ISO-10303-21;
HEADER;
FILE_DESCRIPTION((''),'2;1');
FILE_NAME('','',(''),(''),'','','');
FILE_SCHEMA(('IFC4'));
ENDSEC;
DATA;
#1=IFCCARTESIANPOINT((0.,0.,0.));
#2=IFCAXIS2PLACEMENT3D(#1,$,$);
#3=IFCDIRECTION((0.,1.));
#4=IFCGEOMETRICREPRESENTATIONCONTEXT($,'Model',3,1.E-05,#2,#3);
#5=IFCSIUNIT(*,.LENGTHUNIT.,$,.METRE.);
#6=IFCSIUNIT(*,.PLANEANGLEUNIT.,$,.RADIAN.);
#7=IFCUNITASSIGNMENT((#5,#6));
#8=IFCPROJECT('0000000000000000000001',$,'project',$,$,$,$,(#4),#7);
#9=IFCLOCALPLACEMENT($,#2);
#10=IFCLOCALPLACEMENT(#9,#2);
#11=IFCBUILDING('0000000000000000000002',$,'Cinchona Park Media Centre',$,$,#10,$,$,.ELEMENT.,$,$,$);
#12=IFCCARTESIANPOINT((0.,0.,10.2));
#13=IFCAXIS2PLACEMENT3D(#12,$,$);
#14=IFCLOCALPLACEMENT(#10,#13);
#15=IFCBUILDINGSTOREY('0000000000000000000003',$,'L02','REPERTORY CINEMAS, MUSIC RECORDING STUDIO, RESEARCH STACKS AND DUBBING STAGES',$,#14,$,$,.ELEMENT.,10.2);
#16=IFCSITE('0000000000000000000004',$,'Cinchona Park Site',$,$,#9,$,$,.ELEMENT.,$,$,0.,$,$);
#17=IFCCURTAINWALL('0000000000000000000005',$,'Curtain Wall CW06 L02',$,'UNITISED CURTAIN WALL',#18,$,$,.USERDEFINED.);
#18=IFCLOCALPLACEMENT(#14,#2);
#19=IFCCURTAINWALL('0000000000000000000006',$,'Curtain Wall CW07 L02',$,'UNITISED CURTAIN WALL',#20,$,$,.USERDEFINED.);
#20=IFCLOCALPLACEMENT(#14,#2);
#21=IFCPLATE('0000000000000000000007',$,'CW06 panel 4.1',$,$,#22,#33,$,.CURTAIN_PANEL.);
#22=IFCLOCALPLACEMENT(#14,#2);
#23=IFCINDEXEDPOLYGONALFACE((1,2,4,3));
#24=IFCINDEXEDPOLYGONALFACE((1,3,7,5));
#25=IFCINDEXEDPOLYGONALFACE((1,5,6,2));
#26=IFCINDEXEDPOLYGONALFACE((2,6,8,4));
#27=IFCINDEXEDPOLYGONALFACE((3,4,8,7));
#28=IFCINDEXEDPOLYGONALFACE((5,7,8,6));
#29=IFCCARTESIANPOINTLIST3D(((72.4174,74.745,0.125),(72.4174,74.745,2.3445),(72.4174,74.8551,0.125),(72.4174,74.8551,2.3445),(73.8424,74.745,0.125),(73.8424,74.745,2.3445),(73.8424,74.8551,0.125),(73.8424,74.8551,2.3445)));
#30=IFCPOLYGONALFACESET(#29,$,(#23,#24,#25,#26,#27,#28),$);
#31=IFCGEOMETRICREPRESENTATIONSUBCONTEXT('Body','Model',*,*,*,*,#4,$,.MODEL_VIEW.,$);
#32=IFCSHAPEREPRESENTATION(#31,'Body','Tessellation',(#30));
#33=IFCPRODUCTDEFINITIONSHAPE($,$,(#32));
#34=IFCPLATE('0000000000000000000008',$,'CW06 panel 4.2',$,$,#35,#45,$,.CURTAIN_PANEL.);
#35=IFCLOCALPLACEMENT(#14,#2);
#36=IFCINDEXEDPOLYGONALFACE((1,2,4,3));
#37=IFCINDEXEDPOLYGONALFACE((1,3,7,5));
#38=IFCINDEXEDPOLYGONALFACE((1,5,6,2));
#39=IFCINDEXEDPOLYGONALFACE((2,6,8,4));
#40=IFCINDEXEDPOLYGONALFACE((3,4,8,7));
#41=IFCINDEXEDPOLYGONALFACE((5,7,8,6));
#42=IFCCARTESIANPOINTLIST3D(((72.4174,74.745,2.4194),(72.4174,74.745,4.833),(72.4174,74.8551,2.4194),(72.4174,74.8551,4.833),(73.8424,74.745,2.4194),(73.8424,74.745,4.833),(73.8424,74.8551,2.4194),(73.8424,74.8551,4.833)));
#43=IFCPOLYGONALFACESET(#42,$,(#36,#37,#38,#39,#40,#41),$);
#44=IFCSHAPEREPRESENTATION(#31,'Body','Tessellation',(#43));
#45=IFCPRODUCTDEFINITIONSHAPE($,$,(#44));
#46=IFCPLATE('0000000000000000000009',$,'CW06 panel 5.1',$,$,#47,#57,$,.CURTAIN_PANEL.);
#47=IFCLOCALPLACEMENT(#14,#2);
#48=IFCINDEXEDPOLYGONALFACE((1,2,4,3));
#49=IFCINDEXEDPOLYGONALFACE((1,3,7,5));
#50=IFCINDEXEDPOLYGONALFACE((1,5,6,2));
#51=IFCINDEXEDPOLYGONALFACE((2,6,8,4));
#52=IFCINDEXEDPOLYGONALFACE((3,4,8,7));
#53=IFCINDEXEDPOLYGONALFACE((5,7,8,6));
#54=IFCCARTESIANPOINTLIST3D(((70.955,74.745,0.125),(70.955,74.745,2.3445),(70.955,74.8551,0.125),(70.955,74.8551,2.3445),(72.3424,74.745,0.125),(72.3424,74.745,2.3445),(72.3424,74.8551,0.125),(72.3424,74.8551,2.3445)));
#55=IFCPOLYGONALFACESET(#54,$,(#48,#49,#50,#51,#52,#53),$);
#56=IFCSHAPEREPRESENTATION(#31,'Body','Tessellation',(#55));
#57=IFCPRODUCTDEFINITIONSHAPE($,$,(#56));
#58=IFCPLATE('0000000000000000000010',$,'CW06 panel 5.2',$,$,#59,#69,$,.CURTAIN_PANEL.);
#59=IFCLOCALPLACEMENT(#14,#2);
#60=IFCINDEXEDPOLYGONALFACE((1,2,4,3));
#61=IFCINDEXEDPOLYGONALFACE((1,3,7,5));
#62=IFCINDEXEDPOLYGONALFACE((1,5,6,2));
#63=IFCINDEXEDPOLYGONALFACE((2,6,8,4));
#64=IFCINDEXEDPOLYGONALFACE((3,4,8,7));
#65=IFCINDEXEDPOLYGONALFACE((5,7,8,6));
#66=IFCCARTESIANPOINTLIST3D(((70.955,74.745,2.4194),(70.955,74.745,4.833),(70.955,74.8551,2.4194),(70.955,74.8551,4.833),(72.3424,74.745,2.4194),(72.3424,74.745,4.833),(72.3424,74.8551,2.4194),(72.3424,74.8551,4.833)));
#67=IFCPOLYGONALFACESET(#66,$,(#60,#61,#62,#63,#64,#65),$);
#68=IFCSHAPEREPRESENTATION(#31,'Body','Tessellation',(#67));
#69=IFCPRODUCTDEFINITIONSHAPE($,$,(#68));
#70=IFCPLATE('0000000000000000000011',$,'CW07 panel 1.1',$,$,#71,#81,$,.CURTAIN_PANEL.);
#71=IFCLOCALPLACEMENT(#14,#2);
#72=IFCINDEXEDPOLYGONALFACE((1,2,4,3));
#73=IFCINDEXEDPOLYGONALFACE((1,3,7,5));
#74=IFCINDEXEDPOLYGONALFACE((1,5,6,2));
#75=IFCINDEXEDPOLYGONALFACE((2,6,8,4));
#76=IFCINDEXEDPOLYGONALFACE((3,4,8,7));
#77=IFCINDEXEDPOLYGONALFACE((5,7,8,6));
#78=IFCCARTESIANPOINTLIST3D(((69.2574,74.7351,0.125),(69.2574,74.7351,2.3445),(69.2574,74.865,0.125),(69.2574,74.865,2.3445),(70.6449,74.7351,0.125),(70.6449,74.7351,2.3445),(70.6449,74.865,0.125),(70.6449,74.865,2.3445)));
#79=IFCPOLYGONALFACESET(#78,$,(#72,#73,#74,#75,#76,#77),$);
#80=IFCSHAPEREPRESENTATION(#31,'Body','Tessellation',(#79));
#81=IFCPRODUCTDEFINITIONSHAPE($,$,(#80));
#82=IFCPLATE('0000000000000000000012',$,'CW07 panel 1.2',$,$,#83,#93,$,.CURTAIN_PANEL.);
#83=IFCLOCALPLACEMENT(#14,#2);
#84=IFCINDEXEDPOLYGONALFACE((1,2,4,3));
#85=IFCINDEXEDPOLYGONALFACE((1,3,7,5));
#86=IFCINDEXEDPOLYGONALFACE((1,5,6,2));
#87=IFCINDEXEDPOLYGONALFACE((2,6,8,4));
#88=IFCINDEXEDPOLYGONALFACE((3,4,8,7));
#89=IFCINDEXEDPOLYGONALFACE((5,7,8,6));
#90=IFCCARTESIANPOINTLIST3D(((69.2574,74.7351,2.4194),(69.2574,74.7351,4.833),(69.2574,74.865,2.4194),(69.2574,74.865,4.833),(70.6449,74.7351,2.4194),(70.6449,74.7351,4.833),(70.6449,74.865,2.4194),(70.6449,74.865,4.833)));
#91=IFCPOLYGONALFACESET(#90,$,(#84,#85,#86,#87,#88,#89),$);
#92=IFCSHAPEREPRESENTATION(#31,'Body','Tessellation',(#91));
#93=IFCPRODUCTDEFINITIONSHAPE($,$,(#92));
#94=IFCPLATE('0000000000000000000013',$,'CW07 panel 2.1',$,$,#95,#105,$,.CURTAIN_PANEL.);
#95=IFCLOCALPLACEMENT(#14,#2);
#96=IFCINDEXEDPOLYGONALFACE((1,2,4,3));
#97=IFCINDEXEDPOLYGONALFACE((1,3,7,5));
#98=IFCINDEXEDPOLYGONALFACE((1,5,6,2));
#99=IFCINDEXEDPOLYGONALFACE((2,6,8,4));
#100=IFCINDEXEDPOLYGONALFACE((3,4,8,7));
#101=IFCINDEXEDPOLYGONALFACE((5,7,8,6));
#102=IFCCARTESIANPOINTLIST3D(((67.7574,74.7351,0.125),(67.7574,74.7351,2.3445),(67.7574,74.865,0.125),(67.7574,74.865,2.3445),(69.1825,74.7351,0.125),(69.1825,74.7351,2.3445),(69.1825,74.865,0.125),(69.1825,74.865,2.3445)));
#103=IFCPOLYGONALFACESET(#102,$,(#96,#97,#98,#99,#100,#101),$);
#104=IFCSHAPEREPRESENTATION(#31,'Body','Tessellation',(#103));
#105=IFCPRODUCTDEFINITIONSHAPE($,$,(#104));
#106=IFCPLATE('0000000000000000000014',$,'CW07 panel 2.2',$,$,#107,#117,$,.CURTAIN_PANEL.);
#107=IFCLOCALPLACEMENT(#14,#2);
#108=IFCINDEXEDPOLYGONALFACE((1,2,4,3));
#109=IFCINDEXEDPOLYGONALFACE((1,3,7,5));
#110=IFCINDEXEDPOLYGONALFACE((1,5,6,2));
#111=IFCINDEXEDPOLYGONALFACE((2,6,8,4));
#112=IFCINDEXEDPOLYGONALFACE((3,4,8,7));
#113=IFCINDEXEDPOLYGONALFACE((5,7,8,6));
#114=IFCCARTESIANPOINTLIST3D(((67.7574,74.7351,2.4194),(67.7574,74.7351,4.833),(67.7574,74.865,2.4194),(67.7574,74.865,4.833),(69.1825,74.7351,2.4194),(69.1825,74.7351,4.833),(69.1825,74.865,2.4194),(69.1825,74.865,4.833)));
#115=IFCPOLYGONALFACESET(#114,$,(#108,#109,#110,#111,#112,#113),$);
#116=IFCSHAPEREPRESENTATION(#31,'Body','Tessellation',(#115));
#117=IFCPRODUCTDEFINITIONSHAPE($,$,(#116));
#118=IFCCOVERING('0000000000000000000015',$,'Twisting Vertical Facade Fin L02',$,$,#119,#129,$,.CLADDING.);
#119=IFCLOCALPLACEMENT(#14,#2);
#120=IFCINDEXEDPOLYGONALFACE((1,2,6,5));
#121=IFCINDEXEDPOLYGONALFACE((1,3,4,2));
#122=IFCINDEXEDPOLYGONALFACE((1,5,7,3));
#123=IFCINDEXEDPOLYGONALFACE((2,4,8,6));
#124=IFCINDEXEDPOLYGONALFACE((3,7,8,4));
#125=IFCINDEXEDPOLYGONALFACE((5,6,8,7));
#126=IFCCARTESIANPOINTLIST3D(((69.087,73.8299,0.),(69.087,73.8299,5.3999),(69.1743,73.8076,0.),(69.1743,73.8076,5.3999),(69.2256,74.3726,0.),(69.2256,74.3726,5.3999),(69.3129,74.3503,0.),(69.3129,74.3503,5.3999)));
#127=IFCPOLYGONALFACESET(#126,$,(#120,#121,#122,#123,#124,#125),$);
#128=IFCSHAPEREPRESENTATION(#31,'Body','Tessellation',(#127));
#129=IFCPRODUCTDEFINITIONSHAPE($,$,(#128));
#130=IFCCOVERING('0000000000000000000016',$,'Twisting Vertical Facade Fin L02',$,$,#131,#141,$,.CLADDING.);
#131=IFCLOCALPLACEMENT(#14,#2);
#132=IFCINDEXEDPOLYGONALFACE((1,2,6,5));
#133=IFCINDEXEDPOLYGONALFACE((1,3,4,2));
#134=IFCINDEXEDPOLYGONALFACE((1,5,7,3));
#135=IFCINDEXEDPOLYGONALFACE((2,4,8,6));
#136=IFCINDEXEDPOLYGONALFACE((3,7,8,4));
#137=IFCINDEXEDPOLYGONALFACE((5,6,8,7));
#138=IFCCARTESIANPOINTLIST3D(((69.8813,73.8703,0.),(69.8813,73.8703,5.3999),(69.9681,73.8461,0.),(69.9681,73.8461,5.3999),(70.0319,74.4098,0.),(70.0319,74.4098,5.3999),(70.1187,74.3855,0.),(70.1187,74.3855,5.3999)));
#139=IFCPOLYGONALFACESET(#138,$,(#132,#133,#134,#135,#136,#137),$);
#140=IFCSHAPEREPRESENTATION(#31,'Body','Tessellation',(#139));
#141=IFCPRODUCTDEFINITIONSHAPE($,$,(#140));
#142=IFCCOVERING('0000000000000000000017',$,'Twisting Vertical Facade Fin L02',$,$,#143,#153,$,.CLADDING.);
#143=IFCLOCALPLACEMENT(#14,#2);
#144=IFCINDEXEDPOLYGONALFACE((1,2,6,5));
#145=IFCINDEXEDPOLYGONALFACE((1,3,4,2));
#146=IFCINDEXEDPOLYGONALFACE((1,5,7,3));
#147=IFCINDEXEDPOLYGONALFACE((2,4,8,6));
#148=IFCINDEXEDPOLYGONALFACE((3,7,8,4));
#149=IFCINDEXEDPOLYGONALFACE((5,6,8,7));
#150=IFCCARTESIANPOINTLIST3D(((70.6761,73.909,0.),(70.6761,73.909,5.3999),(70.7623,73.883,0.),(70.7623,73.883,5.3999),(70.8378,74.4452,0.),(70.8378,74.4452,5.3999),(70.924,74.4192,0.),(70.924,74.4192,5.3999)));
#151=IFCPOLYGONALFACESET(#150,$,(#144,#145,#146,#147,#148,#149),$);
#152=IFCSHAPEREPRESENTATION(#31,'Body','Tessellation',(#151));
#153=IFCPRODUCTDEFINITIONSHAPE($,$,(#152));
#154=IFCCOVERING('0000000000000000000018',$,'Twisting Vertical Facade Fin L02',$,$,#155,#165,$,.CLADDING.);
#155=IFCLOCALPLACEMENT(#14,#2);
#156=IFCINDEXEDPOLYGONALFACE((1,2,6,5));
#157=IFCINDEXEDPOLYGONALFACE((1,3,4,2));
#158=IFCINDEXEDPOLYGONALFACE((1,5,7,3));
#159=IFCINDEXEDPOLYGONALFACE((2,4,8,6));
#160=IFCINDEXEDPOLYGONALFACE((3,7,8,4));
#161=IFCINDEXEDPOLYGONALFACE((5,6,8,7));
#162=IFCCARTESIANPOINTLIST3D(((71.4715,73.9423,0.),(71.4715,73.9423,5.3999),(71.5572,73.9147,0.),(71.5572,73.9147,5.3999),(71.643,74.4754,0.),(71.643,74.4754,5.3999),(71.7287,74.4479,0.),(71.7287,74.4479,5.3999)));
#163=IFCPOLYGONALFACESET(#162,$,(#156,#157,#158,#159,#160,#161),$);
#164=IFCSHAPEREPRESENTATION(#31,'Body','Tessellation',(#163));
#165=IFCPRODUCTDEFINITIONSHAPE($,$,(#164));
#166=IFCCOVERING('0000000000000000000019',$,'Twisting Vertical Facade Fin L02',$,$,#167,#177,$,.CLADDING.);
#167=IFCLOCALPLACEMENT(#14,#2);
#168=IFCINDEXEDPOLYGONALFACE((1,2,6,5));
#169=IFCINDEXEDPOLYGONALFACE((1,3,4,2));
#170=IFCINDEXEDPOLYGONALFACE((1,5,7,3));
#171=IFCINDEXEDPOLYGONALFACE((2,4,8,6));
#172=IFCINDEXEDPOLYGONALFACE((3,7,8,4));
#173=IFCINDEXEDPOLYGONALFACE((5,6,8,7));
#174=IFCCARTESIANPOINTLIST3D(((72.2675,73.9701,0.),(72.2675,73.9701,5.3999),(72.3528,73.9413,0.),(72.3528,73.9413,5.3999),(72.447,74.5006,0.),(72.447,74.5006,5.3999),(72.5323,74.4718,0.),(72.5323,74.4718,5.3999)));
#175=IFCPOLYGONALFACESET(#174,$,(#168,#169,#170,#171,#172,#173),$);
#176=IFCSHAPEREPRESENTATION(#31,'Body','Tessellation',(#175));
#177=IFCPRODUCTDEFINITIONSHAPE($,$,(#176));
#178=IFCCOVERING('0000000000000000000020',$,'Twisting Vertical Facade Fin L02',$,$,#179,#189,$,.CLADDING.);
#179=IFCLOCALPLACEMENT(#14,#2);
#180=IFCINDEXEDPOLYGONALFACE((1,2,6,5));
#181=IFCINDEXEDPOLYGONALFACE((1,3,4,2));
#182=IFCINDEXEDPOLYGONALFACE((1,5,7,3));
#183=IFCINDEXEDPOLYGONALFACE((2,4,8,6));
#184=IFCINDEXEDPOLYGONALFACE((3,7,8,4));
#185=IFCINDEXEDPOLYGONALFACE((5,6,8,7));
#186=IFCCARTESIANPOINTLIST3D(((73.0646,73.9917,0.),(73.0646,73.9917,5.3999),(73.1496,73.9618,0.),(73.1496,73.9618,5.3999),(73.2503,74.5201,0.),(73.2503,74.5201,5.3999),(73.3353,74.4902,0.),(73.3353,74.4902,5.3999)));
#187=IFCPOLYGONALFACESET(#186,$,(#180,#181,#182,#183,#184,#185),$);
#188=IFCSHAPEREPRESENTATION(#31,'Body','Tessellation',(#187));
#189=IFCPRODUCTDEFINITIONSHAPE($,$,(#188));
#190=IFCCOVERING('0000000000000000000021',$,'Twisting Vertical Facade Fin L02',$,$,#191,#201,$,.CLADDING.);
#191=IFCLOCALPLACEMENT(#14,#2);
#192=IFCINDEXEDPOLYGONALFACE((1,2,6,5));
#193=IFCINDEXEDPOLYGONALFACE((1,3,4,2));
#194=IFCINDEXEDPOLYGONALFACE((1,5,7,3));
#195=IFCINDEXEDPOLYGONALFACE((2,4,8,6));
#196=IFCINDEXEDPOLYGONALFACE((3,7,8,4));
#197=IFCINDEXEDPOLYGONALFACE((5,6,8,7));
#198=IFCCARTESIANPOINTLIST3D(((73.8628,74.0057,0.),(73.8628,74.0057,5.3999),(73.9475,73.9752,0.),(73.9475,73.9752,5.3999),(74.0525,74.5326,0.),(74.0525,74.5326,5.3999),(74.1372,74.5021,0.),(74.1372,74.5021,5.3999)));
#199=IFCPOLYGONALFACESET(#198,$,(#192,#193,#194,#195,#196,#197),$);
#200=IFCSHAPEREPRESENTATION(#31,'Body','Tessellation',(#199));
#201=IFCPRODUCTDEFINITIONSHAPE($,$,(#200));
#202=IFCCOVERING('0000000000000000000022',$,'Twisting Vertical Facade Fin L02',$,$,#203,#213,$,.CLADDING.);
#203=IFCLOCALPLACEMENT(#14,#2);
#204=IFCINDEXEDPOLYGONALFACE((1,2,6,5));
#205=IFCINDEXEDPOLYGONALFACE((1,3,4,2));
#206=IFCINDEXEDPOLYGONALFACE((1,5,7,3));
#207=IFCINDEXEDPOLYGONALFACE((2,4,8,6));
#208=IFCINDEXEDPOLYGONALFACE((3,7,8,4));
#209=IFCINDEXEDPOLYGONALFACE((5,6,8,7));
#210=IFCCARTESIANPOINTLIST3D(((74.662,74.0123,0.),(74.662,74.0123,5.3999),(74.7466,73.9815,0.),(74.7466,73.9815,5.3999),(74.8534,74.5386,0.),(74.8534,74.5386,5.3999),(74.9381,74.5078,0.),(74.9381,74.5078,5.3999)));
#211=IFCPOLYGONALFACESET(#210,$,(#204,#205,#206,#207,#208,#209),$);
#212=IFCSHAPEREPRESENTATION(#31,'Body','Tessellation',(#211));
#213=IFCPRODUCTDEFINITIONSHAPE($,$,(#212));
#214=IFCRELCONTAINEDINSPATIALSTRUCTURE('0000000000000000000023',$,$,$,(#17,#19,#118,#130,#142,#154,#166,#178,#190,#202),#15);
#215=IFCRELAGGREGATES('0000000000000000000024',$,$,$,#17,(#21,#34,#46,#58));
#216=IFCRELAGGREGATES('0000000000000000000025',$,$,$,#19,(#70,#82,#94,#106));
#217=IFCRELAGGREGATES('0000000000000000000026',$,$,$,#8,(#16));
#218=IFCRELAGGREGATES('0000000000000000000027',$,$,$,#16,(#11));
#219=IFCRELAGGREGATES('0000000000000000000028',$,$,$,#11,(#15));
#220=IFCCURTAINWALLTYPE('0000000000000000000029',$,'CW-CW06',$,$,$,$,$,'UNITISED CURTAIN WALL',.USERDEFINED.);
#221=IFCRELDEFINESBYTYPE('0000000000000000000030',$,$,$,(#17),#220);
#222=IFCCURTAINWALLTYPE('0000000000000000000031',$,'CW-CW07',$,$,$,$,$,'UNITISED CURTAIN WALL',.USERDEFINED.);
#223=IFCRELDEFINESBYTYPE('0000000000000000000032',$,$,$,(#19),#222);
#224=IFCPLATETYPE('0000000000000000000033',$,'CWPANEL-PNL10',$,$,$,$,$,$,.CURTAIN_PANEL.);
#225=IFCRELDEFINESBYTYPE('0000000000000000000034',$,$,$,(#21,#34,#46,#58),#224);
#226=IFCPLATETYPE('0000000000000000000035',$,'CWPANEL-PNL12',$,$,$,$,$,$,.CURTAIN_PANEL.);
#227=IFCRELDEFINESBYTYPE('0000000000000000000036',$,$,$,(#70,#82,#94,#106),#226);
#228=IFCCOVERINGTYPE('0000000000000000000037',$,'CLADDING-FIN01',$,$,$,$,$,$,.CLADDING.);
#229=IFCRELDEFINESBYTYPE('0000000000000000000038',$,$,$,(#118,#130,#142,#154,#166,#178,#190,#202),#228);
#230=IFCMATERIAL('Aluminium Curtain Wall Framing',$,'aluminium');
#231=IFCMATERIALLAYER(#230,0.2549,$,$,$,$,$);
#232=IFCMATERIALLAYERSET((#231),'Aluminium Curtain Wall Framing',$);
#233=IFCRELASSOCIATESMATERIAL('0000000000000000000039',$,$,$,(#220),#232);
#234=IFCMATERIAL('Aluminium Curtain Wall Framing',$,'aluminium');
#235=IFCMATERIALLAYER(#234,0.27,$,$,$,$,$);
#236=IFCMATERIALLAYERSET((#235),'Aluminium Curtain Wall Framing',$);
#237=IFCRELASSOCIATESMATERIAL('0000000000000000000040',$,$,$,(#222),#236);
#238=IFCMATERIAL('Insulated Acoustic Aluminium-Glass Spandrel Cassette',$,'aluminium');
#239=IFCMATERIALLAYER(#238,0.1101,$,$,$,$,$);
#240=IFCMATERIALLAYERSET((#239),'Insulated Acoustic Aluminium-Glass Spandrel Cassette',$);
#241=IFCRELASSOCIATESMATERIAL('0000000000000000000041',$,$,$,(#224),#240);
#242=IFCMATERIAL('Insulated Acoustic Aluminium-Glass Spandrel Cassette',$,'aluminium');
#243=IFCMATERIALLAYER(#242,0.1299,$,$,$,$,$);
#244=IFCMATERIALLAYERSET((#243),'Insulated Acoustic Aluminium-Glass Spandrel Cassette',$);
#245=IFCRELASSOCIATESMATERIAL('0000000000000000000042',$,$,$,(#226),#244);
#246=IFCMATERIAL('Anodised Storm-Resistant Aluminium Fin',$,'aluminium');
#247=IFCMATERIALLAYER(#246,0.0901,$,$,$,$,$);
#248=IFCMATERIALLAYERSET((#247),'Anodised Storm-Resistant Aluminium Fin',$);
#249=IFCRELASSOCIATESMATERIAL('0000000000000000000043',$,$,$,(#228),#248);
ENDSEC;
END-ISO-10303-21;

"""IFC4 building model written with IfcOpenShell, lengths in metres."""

from ifc_helpers import new_model, si_unit, direction, frame, origin, origin_2d, place, context, subcontext, project, spatial, rectangle, extrude, material, layer, layer_set, type_object, element, aggregate, save


model = new_model("IFC4")

# Units and contexts
model_context = context("Model", 3, precision=1e-05, world=origin(), true_north=direction((0.0, 1.0)))
body_context = subcontext(model_context, "Body", "Model", "MODEL_VIEW")
ifc_project = project(units=[si_unit("LENGTHUNIT", "METRE"), si_unit("PLANEANGLEUNIT", "RADIAN")], contexts=[model_context])

# Site, building, storey
site_placement = place(None, origin())
site = spatial("IfcSite", under=ifc_project, at=site_placement, Name="Cinchona Park Site", CompositionType="ELEMENT", RefElevation=0.0)
building_placement = place(site_placement, origin())
building = spatial("IfcBuilding", under=site, at=building_placement, Name="Cinchona Park Media Centre", CompositionType="ELEMENT")
storey_placement = place(building_placement, frame((0.0, 0.0, 10.2)))
storey = spatial("IfcBuildingStorey", under=building, at=storey_placement, Name="L02", Description="REPERTORY CINEMAS, MUSIC RECORDING STUDIO, RESEARCH STACKS AND DUBBING STAGES", CompositionType="ELEMENT", Elevation=10.2)

# Curtain walls
ifc_material_1 = material(Name="Aluminium Curtain Wall Framing", Category="aluminium")
ifc_layer_1 = layer(ifc_material_1, 0.2549)
ifc_layer_set_1 = layer_set([ifc_layer_1], Name="Aluminium Curtain Wall Framing")
curtain_wall_type_1 = type_object("IfcCurtainWallType", Name="CW-CW06", ElementType="UNITISED CURTAIN WALL", PredefinedType="USERDEFINED", material=ifc_layer_set_1)
curtain_wall_1_placement = place(storey_placement, origin())
curtain_wall_1 = element("IfcCurtainWall", 1, at=curtain_wall_1_placement, inside=storey, type_object=curtain_wall_type_1, Name="Curtain Wall CW06 L02", ObjectType="UNITISED CURTAIN WALL", PredefinedType="USERDEFINED")
ifc_material_2 = material(Name="Aluminium Curtain Wall Framing", Category="aluminium")
ifc_layer_2 = layer(ifc_material_2, 0.27)
ifc_layer_set_2 = layer_set([ifc_layer_2], Name="Aluminium Curtain Wall Framing")
curtain_wall_type_2 = type_object("IfcCurtainWallType", Name="CW-CW07", ElementType="UNITISED CURTAIN WALL", PredefinedType="USERDEFINED", material=ifc_layer_set_2)
curtain_wall_2_placement = place(storey_placement, origin())
curtain_wall_2 = element("IfcCurtainWall", 2, at=curtain_wall_2_placement, inside=storey, type_object=curtain_wall_type_2, Name="Curtain Wall CW07 L02", ObjectType="UNITISED CURTAIN WALL", PredefinedType="USERDEFINED")

# Plates
ifc_material_3 = material(Name="Insulated Acoustic Aluminium-Glass Spandrel Cassette", Category="aluminium")
ifc_layer_3 = layer(ifc_material_3, 0.1101)
ifc_layer_set_3 = layer_set([ifc_layer_3], Name="Insulated Acoustic Aluminium-Glass Spandrel Cassette")
plate_type_1 = type_object("IfcPlateType", Name="CWPANEL-PNL10", PredefinedType="CURTAIN_PANEL", material=ifc_layer_set_3)
plate_1_placement = place(storey_placement, frame((73.1299, 74.8, 0.125), z_axis=(0.0, 0.0, 1.0), x_axis=(-1.0, 0.0, 0.0)))
plate_1 = element("IfcPlate", 3, at=plate_1_placement, type_object=plate_type_1, Name="CW06 panel 4.1", PredefinedType="CURTAIN_PANEL", context=body_context, shape_type="SweptSolid", body=[
    extrude(rectangle(XDim=1.425, YDim=0.1101, at=origin_2d()), origin(), (0.0, 0.0, 1.0), 2.2195),
])
plate_2_placement = place(storey_placement, frame((73.1299, 74.8, 2.4194), z_axis=(0.0, 0.0, 1.0), x_axis=(-1.0, 0.0, 0.0)))
plate_2 = element("IfcPlate", 4, at=plate_2_placement, type_object=plate_type_1, Name="CW06 panel 4.2", PredefinedType="CURTAIN_PANEL", context=body_context, shape_type="SweptSolid", body=[
    extrude(rectangle(XDim=1.425, YDim=0.1101, at=origin_2d()), origin(), (0.0, 0.0, 1.0), 2.4136),
])
plate_3_placement = place(storey_placement, frame((71.6487, 74.8, 0.125), z_axis=(0.0, 0.0, 1.0), x_axis=(-1.0, 0.0, 0.0)))
plate_3 = element("IfcPlate", 5, at=plate_3_placement, type_object=plate_type_1, Name="CW06 panel 5.1", PredefinedType="CURTAIN_PANEL", context=body_context, shape_type="SweptSolid", body=[
    extrude(rectangle(XDim=1.3875, YDim=0.1101, at=origin_2d()), origin(), (0.0, 0.0, 1.0), 2.2195),
])
plate_4_placement = place(storey_placement, frame((71.6487, 74.8, 2.4194), z_axis=(0.0, 0.0, 1.0), x_axis=(-1.0, 0.0, 0.0)))
plate_4 = element("IfcPlate", 6, at=plate_4_placement, type_object=plate_type_1, Name="CW06 panel 5.2", PredefinedType="CURTAIN_PANEL", context=body_context, shape_type="SweptSolid", body=[
    extrude(rectangle(XDim=1.3875, YDim=0.1101, at=origin_2d()), origin(), (0.0, 0.0, 1.0), 2.4136),
])
aggregate(curtain_wall_1, [plate_1, plate_2, plate_3, plate_4])
ifc_material_4 = material(Name="Insulated Acoustic Aluminium-Glass Spandrel Cassette", Category="aluminium")
ifc_layer_4 = layer(ifc_material_4, 0.1299)
ifc_layer_set_4 = layer_set([ifc_layer_4], Name="Insulated Acoustic Aluminium-Glass Spandrel Cassette")
plate_type_2 = type_object("IfcPlateType", Name="CWPANEL-PNL12", PredefinedType="CURTAIN_PANEL", material=ifc_layer_set_4)
plate_5_placement = place(storey_placement, frame((69.9512, 74.8, 0.125), z_axis=(0.0, 0.0, 1.0), x_axis=(-1.0, 0.0, 0.0)))
plate_5 = element("IfcPlate", 7, at=plate_5_placement, type_object=plate_type_2, Name="CW07 panel 1.1", PredefinedType="CURTAIN_PANEL", context=body_context, shape_type="SweptSolid", body=[
    extrude(rectangle(XDim=1.3875, YDim=0.1299, at=origin_2d()), origin(), (0.0, 0.0, 1.0), 2.2195),
])
plate_6_placement = place(storey_placement, frame((69.9512, 74.8, 2.4194), z_axis=(0.0, 0.0, 1.0), x_axis=(-1.0, 0.0, 0.0)))
plate_6 = element("IfcPlate", 8, at=plate_6_placement, type_object=plate_type_2, Name="CW07 panel 1.2", PredefinedType="CURTAIN_PANEL", context=body_context, shape_type="SweptSolid", body=[
    extrude(rectangle(XDim=1.3875, YDim=0.1299, at=origin_2d()), origin(), (0.0, 0.0, 1.0), 2.4136),
])
plate_7_placement = place(storey_placement, frame((68.47, 74.8, 0.125), z_axis=(0.0, 0.0, 1.0), x_axis=(-1.0, 0.0, 0.0)))
plate_7 = element("IfcPlate", 9, at=plate_7_placement, type_object=plate_type_2, Name="CW07 panel 2.1", PredefinedType="CURTAIN_PANEL", context=body_context, shape_type="SweptSolid", body=[
    extrude(rectangle(XDim=1.425, YDim=0.1299, at=origin_2d()), origin(), (0.0, 0.0, 1.0), 2.2195),
])
plate_8_placement = place(storey_placement, frame((68.47, 74.8, 2.4194), z_axis=(0.0, 0.0, 1.0), x_axis=(-1.0, 0.0, 0.0)))
plate_8 = element("IfcPlate", 10, at=plate_8_placement, type_object=plate_type_2, Name="CW07 panel 2.2", PredefinedType="CURTAIN_PANEL", context=body_context, shape_type="SweptSolid", body=[
    extrude(rectangle(XDim=1.425, YDim=0.1299, at=origin_2d()), origin(), (0.0, 0.0, 1.0), 2.4136),
])
aggregate(curtain_wall_2, [plate_5, plate_6, plate_7, plate_8])

# Coverings
ifc_material_5 = material(Name="Anodised Storm-Resistant Aluminium Fin", Category="aluminium")
ifc_layer_5 = layer(ifc_material_5, 0.0901)
ifc_layer_set_5 = layer_set([ifc_layer_5], Name="Anodised Storm-Resistant Aluminium Fin")
covering_type = type_object("IfcCoveringType", Name="CLADDING-FIN01", PredefinedType="CLADDING", material=ifc_layer_set_5)
for number, where, z_axis, x_axis, name in (
    (11, (69.2, 74.0901, 0.0), (0.0, 0.0, 1.0), (0.247337, 0.968929, 0.0), "Twisting Vertical Facade Fin L02"),
    (12, (70.0, 74.1279, 0.0), (0.0, 0.0, 1.0), (0.26892, 0.963163, 0.0), "Twisting Vertical Facade Fin L02"),
    (13, (70.8, 74.1641, 0.0), (0.0, 0.0, 1.0), (0.288698, 0.95742, 0.0), "Twisting Vertical Facade Fin L02"),
    (14, (71.6001, 74.1951, 0.0), (0.0, 0.0, 1.0), (0.306194, 0.951969, 0.0), "Twisting Vertical Facade Fin L02"),
    (15, (72.3999, 74.2209, 0.0), (0.0, 0.0, 1.0), (0.320613, 0.94721, 0.0), "Twisting Vertical Facade Fin L02"),
    (16, (73.2, 74.241, 0.0), (0.0, 0.0, 1.0), (0.331667, 0.943396, 0.0), "Twisting Vertical Facade Fin L02"),
    (17, (74.0, 74.2539, 0.0), (0.0, 0.0, 1.0), (0.338738, 0.940881, 0.0), "Twisting Vertical Facade Fin L02"),
    (18, (74.8, 74.26, 0.0), (0.0, 0.0, 1.0), (0.341856, 0.939752, 0.0), "Twisting Vertical Facade Fin L02"),
):
    element("IfcCovering", number, at=place(storey_placement, frame(where, z_axis=z_axis, x_axis=x_axis)), inside=storey, type_object=covering_type, Name=name, PredefinedType="CLADDING", context=body_context, shape_type="SweptSolid", body=[
        extrude(rectangle(XDim=0.5601, YDim=0.0901, at=origin_2d()), origin(), (0.0, 0.0, 1.0), 5.3999),
    ])

save(model, "model.ifc")
